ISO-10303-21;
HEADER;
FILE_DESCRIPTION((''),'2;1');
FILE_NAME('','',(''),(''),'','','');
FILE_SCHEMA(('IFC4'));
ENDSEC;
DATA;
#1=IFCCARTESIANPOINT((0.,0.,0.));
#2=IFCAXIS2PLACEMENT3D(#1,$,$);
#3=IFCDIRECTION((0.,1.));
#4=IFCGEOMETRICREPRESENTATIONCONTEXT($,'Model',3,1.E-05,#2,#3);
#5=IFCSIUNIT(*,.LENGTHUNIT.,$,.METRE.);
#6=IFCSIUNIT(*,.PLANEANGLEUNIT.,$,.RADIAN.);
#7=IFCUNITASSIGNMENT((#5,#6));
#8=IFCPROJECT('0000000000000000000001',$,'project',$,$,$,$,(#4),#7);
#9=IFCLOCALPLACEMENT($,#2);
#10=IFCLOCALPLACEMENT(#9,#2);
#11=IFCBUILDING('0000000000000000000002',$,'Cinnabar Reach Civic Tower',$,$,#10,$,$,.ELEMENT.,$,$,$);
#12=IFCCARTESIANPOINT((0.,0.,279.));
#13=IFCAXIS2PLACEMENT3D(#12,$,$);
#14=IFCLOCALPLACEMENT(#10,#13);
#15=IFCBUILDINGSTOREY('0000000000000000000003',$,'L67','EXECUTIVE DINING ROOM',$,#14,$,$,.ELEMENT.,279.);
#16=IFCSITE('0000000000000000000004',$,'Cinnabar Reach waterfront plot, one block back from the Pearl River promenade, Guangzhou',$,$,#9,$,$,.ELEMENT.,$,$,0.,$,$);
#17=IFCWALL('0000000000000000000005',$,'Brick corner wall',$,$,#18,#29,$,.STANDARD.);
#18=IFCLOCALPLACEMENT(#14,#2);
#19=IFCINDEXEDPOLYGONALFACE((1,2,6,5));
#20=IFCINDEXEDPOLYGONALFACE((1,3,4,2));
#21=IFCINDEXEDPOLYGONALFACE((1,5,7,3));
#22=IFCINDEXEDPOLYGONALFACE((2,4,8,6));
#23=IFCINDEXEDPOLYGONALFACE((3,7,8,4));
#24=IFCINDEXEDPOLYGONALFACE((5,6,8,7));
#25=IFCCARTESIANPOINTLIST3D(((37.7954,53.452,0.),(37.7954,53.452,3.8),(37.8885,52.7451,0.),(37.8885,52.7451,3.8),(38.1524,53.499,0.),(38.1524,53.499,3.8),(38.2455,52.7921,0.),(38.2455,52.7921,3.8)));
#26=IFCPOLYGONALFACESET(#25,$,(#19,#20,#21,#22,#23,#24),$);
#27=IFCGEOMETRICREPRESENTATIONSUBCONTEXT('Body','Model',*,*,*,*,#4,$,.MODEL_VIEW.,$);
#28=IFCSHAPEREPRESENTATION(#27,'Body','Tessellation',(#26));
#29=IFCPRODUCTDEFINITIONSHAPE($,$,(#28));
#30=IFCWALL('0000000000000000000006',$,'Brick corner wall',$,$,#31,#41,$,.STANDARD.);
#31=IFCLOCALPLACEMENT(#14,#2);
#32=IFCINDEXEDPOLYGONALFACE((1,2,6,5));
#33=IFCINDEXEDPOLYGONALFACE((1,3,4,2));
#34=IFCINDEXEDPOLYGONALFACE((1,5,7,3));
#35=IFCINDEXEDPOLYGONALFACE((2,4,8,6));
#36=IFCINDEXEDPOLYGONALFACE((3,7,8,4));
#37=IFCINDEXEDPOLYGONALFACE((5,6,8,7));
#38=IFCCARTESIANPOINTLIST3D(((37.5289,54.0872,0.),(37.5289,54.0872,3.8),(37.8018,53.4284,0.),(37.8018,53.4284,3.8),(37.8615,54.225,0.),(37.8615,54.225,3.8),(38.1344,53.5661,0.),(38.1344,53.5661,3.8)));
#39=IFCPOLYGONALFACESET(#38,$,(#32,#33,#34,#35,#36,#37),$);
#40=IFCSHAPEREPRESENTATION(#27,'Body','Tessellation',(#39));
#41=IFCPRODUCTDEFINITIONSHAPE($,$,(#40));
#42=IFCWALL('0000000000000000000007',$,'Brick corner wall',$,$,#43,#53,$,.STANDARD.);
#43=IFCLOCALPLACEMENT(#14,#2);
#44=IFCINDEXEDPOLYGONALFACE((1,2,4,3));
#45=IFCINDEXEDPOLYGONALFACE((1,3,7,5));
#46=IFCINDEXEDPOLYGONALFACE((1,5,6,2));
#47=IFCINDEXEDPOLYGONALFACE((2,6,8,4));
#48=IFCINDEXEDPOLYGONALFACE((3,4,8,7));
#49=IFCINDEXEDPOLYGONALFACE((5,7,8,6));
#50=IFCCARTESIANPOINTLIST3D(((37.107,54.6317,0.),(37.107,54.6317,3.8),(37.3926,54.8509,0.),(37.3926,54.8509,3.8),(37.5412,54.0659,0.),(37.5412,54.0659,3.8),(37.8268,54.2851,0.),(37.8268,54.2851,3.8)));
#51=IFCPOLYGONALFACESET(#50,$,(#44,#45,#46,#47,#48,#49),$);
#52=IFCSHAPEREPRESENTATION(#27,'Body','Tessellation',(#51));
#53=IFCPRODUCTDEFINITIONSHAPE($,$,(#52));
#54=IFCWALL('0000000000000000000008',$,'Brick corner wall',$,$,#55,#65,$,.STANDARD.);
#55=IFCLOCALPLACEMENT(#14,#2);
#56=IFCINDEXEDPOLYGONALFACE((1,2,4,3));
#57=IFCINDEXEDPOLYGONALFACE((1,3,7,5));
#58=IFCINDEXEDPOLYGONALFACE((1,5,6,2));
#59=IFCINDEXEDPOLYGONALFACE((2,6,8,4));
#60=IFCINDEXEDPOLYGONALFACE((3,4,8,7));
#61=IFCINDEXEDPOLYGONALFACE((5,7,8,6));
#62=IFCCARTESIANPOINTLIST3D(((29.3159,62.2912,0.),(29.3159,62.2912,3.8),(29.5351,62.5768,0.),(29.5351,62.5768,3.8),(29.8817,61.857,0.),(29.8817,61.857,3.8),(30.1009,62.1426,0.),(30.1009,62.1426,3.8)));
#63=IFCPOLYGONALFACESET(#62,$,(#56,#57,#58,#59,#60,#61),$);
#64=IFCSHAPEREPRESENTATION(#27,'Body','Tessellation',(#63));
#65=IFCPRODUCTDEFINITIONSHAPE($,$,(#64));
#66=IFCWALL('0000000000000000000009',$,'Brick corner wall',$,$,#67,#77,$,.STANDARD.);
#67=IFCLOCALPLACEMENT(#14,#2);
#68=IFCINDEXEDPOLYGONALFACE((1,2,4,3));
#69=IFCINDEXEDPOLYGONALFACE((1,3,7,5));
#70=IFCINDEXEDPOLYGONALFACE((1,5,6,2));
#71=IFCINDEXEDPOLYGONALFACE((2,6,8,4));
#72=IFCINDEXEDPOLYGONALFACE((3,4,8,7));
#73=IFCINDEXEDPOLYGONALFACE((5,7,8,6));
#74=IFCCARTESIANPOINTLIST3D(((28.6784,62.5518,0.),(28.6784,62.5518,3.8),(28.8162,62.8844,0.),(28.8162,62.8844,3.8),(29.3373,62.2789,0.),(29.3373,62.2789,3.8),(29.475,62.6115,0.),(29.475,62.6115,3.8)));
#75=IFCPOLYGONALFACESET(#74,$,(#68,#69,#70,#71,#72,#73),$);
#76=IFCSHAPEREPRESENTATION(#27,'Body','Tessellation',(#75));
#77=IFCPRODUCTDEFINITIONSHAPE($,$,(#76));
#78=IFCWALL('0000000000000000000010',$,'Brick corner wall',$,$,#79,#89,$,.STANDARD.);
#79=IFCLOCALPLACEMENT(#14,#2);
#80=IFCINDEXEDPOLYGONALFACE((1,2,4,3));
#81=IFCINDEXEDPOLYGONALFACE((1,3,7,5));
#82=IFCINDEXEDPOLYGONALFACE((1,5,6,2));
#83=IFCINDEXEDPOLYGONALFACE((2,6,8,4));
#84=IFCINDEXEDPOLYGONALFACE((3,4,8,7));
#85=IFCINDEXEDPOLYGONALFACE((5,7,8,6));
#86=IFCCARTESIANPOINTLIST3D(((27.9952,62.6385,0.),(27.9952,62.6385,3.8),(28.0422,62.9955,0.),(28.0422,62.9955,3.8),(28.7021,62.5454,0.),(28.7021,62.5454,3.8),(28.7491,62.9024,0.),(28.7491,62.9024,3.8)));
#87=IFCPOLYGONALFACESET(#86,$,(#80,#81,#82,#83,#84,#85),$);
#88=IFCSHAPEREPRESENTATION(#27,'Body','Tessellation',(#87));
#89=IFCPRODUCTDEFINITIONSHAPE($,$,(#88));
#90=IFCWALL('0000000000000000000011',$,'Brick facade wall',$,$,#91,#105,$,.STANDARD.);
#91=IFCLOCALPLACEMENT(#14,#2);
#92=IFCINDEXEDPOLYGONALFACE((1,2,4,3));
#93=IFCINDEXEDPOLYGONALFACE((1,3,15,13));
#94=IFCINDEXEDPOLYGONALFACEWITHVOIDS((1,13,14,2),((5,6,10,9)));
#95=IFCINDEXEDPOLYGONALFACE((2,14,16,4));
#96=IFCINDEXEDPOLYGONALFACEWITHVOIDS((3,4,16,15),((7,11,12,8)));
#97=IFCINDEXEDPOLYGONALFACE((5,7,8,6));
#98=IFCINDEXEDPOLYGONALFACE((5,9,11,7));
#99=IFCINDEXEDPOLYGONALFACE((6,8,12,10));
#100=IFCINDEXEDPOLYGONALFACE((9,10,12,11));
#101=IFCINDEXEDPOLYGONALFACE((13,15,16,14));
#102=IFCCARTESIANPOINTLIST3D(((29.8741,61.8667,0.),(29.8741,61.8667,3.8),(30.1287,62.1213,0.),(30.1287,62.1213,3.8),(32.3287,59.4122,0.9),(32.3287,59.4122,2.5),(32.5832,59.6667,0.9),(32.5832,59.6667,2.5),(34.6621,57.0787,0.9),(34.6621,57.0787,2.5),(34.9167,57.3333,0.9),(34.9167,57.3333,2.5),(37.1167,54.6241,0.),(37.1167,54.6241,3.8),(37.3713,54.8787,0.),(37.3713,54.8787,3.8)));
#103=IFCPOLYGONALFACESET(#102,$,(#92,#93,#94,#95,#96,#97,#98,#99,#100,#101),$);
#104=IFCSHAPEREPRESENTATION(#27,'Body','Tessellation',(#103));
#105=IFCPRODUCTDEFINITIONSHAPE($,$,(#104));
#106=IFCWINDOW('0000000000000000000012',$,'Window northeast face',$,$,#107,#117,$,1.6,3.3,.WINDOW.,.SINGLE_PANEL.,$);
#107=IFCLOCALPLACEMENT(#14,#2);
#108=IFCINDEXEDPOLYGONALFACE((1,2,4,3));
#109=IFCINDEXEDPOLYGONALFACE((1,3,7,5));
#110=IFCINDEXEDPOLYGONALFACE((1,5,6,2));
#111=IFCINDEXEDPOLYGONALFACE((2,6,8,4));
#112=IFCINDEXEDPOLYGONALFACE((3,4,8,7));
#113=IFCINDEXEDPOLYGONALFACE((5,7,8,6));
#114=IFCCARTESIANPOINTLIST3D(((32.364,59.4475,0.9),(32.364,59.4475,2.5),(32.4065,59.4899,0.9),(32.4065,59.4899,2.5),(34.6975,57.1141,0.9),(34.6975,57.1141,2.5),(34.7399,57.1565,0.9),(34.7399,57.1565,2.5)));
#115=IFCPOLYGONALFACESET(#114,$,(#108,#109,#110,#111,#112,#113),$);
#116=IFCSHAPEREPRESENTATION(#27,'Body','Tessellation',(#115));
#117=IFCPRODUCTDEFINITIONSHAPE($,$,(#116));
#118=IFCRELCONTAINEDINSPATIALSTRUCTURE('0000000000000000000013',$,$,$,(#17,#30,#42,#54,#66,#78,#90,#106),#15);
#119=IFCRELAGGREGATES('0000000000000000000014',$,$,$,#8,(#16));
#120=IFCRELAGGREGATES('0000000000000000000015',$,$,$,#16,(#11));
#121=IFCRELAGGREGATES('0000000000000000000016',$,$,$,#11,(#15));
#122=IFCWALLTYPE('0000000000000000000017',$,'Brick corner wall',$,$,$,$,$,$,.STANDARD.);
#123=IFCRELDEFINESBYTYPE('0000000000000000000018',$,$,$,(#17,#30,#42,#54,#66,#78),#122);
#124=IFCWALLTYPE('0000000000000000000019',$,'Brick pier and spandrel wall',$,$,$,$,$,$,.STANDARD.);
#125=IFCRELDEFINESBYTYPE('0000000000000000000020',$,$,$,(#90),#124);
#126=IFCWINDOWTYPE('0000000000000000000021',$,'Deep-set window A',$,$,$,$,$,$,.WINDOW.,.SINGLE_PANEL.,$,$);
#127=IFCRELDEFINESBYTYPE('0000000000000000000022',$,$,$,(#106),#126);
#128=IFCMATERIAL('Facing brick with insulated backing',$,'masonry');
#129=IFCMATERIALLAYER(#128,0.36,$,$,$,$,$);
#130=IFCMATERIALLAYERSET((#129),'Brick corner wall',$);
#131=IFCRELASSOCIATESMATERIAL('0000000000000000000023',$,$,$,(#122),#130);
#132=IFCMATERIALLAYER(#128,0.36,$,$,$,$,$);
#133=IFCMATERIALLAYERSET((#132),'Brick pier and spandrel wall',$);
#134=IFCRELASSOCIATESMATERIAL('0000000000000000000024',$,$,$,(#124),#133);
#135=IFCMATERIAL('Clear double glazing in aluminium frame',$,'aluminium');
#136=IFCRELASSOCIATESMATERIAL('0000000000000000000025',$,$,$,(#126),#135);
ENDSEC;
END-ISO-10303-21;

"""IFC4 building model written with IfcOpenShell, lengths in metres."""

from ifc_helpers import new_model, si_unit, direction, frame, frame_2d, origin, place, context, subcontext, project, spatial, rectangle, extrude, material, layer, layer_set, type_object, element, fill, save


model = new_model("IFC4")

# Units and contexts
model_context = context("Model", 3, precision=1e-05, world=origin(), true_north=direction((0.0, 1.0)))
body_context = subcontext(model_context, "Body", "Model", "MODEL_VIEW")
ifc_project = project(units=[si_unit("LENGTHUNIT", "METRE"), si_unit("PLANEANGLEUNIT", "RADIAN")], contexts=[model_context])

# Site, building, storey
site_placement = place(None, origin())
site = spatial("IfcSite", under=ifc_project, at=site_placement, Name="Cinnabar Reach waterfront plot, one block back from the Pearl River promenade, Guangzhou", CompositionType="ELEMENT", RefElevation=0.0)
building_placement = place(site_placement, origin())
building = spatial("IfcBuilding", under=site, at=building_placement, Name="Cinnabar Reach Civic Tower", CompositionType="ELEMENT")
storey_placement = place(building_placement, frame((0.0, 0.0, 279.0)))
storey = spatial("IfcBuildingStorey", under=building, at=storey_placement, Name="L67", Description="EXECUTIVE DINING ROOM", CompositionType="ELEMENT", Elevation=279.0)

# Walls
ifc_material_1 = material(Name="Facing brick with insulated backing", Category="masonry")
ifc_layer_1 = layer(ifc_material_1, 0.36)
ifc_layer_set_1 = layer_set([ifc_layer_1], Name="Brick corner wall")
wall_type_1 = type_object("IfcWallType", Name="Brick corner wall", PredefinedType="STANDARD", material=ifc_layer_set_1)
for number, where, z_axis, x_axis, name in (
    (1, (38.067, 52.7686, 0.0), (0.0, 0.0, 1.0), (-0.130556, 0.991441, 0.0), "Brick corner wall"),
    (2, (37.9681, 53.4973, 0.0), (0.0, 0.0, 1.0), (-0.382703, 0.923872, 0.0), "Brick corner wall"),
):
    element("IfcWall", number, at=place(storey_placement, frame(where, z_axis=z_axis, x_axis=x_axis)), inside=storey, type_object=wall_type_1, Name=name, PredefinedType="STANDARD", context=body_context, shape_type="SweptSolid", body=[
        extrude(rectangle(XDim=0.7131, YDim=0.36, at=frame_2d((0.3565, 0.0))), origin(), (0.0, 0.0, 1.0), 3.8),
    ])
for number, where, z_axis, x_axis, name in (
    (3, (37.684, 54.1755, 0.0), (0.0, 0.0, 1.0), (-0.608802, 0.793322, 0.0), "Brick corner wall"),
    (4, (29.9913, 61.9998, 0.0), (0.0, 0.0, 1.0), (-0.793322, 0.608802, 0.0), "Brick corner wall"),
):
    element("IfcWall", number, at=place(storey_placement, frame(where, z_axis=z_axis, x_axis=x_axis)), inside=storey, type_object=wall_type_1, Name=name, PredefinedType="STANDARD", context=body_context, shape_type="SweptSolid", body=[
        extrude(rectangle(XDim=0.7132, YDim=0.36, at=frame_2d((0.3566, 0.0))), origin(), (0.0, 0.0, 1.0), 3.8),
    ])
for number, where, z_axis, x_axis, name in (
    (5, (29.4061, 62.4452, 0.0), (0.0, 0.0, 1.0), (-0.923872, 0.382703, 0.0), "Brick corner wall"),
    (6, (28.7256, 62.7239, 0.0), (0.0, 0.0, 1.0), (-0.991441, 0.130556, 0.0), "Brick corner wall"),
):
    element("IfcWall", number, at=place(storey_placement, frame(where, z_axis=z_axis, x_axis=x_axis)), inside=storey, type_object=wall_type_1, Name=name, PredefinedType="STANDARD", context=body_context, shape_type="SweptSolid", body=[
        extrude(rectangle(XDim=0.7131, YDim=0.36, at=frame_2d((0.3565, 0.0))), origin(), (0.0, 0.0, 1.0), 3.8),
    ])

# Wall, opening, window
ifc_layer_2 = layer(ifc_material_1, 0.36)
ifc_layer_set_2 = layer_set([ifc_layer_2], Name="Brick pier and spandrel wall")
wall_type_2 = type_object("IfcWallType", Name="Brick pier and spandrel wall", PredefinedType="STANDARD", material=ifc_layer_set_2)
wall_1_placement = place(storey_placement, frame((37.244, 54.7514, 0.0), z_axis=(0.0, 0.0, 1.0), x_axis=(-0.707107, 0.707107, 0.0)))
wall_1 = element("IfcWall", 7, at=wall_1_placement, inside=storey, type_object=wall_type_2, Name="Brick facade wall", PredefinedType="STANDARD", context=body_context, shape_type="SweptSolid", body=[
    extrude(rectangle(XDim=10.2426, YDim=0.36, at=frame_2d((5.1213, 0.0))), origin(), (0.0, 0.0, 1.0), 3.8),
])
opening_1_placement = place(wall_1_placement, frame((3.4713, 0.0, 0.9)))
opening_1 = element("IfcOpeningElement", 8, at=opening_1_placement, cuts=wall_1, PredefinedType="OPENING", context=body_context, shape_type="SweptSolid", body=[
    extrude(rectangle(XDim=3.3, YDim=1.6, at=frame_2d((1.65, 0.8))), frame((0.0, 0.19, 0.0), z_axis=(0.0, -1.0, 0.0), x_axis=(1.0, 0.0, 0.0)), (0.0, 0.0, 1.0), 0.38),
])
ifc_material_2 = material(Name="Clear double glazing in aluminium frame", Category="aluminium")
window_type_1 = type_object("IfcWindowType", Name="Deep-set window A", PartitioningType="SINGLE_PANEL", PredefinedType="WINDOW", material=ifc_material_2)
window_1_placement = place(opening_1_placement, origin())
window_1 = element("IfcWindow", 9, at=window_1_placement, inside=storey, type_object=window_type_1, Name="Window northeast face", OverallHeight=1.6, OverallWidth=3.3, PartitioningType="SINGLE_PANEL", PredefinedType="WINDOW", context=body_context, shape_type="SweptSolid", body=[
    extrude(rectangle(XDim=3.3, YDim=1.6, at=frame_2d((1.65, 0.8))), frame((0.0, 0.13, 0.0), z_axis=(0.0, -1.0, 0.0), x_axis=(1.0, 0.0, 0.0)), (0.0, 0.0, 1.0), 0.06),
])
fill(opening_1, window_1)

save(model, "model.ifc")
